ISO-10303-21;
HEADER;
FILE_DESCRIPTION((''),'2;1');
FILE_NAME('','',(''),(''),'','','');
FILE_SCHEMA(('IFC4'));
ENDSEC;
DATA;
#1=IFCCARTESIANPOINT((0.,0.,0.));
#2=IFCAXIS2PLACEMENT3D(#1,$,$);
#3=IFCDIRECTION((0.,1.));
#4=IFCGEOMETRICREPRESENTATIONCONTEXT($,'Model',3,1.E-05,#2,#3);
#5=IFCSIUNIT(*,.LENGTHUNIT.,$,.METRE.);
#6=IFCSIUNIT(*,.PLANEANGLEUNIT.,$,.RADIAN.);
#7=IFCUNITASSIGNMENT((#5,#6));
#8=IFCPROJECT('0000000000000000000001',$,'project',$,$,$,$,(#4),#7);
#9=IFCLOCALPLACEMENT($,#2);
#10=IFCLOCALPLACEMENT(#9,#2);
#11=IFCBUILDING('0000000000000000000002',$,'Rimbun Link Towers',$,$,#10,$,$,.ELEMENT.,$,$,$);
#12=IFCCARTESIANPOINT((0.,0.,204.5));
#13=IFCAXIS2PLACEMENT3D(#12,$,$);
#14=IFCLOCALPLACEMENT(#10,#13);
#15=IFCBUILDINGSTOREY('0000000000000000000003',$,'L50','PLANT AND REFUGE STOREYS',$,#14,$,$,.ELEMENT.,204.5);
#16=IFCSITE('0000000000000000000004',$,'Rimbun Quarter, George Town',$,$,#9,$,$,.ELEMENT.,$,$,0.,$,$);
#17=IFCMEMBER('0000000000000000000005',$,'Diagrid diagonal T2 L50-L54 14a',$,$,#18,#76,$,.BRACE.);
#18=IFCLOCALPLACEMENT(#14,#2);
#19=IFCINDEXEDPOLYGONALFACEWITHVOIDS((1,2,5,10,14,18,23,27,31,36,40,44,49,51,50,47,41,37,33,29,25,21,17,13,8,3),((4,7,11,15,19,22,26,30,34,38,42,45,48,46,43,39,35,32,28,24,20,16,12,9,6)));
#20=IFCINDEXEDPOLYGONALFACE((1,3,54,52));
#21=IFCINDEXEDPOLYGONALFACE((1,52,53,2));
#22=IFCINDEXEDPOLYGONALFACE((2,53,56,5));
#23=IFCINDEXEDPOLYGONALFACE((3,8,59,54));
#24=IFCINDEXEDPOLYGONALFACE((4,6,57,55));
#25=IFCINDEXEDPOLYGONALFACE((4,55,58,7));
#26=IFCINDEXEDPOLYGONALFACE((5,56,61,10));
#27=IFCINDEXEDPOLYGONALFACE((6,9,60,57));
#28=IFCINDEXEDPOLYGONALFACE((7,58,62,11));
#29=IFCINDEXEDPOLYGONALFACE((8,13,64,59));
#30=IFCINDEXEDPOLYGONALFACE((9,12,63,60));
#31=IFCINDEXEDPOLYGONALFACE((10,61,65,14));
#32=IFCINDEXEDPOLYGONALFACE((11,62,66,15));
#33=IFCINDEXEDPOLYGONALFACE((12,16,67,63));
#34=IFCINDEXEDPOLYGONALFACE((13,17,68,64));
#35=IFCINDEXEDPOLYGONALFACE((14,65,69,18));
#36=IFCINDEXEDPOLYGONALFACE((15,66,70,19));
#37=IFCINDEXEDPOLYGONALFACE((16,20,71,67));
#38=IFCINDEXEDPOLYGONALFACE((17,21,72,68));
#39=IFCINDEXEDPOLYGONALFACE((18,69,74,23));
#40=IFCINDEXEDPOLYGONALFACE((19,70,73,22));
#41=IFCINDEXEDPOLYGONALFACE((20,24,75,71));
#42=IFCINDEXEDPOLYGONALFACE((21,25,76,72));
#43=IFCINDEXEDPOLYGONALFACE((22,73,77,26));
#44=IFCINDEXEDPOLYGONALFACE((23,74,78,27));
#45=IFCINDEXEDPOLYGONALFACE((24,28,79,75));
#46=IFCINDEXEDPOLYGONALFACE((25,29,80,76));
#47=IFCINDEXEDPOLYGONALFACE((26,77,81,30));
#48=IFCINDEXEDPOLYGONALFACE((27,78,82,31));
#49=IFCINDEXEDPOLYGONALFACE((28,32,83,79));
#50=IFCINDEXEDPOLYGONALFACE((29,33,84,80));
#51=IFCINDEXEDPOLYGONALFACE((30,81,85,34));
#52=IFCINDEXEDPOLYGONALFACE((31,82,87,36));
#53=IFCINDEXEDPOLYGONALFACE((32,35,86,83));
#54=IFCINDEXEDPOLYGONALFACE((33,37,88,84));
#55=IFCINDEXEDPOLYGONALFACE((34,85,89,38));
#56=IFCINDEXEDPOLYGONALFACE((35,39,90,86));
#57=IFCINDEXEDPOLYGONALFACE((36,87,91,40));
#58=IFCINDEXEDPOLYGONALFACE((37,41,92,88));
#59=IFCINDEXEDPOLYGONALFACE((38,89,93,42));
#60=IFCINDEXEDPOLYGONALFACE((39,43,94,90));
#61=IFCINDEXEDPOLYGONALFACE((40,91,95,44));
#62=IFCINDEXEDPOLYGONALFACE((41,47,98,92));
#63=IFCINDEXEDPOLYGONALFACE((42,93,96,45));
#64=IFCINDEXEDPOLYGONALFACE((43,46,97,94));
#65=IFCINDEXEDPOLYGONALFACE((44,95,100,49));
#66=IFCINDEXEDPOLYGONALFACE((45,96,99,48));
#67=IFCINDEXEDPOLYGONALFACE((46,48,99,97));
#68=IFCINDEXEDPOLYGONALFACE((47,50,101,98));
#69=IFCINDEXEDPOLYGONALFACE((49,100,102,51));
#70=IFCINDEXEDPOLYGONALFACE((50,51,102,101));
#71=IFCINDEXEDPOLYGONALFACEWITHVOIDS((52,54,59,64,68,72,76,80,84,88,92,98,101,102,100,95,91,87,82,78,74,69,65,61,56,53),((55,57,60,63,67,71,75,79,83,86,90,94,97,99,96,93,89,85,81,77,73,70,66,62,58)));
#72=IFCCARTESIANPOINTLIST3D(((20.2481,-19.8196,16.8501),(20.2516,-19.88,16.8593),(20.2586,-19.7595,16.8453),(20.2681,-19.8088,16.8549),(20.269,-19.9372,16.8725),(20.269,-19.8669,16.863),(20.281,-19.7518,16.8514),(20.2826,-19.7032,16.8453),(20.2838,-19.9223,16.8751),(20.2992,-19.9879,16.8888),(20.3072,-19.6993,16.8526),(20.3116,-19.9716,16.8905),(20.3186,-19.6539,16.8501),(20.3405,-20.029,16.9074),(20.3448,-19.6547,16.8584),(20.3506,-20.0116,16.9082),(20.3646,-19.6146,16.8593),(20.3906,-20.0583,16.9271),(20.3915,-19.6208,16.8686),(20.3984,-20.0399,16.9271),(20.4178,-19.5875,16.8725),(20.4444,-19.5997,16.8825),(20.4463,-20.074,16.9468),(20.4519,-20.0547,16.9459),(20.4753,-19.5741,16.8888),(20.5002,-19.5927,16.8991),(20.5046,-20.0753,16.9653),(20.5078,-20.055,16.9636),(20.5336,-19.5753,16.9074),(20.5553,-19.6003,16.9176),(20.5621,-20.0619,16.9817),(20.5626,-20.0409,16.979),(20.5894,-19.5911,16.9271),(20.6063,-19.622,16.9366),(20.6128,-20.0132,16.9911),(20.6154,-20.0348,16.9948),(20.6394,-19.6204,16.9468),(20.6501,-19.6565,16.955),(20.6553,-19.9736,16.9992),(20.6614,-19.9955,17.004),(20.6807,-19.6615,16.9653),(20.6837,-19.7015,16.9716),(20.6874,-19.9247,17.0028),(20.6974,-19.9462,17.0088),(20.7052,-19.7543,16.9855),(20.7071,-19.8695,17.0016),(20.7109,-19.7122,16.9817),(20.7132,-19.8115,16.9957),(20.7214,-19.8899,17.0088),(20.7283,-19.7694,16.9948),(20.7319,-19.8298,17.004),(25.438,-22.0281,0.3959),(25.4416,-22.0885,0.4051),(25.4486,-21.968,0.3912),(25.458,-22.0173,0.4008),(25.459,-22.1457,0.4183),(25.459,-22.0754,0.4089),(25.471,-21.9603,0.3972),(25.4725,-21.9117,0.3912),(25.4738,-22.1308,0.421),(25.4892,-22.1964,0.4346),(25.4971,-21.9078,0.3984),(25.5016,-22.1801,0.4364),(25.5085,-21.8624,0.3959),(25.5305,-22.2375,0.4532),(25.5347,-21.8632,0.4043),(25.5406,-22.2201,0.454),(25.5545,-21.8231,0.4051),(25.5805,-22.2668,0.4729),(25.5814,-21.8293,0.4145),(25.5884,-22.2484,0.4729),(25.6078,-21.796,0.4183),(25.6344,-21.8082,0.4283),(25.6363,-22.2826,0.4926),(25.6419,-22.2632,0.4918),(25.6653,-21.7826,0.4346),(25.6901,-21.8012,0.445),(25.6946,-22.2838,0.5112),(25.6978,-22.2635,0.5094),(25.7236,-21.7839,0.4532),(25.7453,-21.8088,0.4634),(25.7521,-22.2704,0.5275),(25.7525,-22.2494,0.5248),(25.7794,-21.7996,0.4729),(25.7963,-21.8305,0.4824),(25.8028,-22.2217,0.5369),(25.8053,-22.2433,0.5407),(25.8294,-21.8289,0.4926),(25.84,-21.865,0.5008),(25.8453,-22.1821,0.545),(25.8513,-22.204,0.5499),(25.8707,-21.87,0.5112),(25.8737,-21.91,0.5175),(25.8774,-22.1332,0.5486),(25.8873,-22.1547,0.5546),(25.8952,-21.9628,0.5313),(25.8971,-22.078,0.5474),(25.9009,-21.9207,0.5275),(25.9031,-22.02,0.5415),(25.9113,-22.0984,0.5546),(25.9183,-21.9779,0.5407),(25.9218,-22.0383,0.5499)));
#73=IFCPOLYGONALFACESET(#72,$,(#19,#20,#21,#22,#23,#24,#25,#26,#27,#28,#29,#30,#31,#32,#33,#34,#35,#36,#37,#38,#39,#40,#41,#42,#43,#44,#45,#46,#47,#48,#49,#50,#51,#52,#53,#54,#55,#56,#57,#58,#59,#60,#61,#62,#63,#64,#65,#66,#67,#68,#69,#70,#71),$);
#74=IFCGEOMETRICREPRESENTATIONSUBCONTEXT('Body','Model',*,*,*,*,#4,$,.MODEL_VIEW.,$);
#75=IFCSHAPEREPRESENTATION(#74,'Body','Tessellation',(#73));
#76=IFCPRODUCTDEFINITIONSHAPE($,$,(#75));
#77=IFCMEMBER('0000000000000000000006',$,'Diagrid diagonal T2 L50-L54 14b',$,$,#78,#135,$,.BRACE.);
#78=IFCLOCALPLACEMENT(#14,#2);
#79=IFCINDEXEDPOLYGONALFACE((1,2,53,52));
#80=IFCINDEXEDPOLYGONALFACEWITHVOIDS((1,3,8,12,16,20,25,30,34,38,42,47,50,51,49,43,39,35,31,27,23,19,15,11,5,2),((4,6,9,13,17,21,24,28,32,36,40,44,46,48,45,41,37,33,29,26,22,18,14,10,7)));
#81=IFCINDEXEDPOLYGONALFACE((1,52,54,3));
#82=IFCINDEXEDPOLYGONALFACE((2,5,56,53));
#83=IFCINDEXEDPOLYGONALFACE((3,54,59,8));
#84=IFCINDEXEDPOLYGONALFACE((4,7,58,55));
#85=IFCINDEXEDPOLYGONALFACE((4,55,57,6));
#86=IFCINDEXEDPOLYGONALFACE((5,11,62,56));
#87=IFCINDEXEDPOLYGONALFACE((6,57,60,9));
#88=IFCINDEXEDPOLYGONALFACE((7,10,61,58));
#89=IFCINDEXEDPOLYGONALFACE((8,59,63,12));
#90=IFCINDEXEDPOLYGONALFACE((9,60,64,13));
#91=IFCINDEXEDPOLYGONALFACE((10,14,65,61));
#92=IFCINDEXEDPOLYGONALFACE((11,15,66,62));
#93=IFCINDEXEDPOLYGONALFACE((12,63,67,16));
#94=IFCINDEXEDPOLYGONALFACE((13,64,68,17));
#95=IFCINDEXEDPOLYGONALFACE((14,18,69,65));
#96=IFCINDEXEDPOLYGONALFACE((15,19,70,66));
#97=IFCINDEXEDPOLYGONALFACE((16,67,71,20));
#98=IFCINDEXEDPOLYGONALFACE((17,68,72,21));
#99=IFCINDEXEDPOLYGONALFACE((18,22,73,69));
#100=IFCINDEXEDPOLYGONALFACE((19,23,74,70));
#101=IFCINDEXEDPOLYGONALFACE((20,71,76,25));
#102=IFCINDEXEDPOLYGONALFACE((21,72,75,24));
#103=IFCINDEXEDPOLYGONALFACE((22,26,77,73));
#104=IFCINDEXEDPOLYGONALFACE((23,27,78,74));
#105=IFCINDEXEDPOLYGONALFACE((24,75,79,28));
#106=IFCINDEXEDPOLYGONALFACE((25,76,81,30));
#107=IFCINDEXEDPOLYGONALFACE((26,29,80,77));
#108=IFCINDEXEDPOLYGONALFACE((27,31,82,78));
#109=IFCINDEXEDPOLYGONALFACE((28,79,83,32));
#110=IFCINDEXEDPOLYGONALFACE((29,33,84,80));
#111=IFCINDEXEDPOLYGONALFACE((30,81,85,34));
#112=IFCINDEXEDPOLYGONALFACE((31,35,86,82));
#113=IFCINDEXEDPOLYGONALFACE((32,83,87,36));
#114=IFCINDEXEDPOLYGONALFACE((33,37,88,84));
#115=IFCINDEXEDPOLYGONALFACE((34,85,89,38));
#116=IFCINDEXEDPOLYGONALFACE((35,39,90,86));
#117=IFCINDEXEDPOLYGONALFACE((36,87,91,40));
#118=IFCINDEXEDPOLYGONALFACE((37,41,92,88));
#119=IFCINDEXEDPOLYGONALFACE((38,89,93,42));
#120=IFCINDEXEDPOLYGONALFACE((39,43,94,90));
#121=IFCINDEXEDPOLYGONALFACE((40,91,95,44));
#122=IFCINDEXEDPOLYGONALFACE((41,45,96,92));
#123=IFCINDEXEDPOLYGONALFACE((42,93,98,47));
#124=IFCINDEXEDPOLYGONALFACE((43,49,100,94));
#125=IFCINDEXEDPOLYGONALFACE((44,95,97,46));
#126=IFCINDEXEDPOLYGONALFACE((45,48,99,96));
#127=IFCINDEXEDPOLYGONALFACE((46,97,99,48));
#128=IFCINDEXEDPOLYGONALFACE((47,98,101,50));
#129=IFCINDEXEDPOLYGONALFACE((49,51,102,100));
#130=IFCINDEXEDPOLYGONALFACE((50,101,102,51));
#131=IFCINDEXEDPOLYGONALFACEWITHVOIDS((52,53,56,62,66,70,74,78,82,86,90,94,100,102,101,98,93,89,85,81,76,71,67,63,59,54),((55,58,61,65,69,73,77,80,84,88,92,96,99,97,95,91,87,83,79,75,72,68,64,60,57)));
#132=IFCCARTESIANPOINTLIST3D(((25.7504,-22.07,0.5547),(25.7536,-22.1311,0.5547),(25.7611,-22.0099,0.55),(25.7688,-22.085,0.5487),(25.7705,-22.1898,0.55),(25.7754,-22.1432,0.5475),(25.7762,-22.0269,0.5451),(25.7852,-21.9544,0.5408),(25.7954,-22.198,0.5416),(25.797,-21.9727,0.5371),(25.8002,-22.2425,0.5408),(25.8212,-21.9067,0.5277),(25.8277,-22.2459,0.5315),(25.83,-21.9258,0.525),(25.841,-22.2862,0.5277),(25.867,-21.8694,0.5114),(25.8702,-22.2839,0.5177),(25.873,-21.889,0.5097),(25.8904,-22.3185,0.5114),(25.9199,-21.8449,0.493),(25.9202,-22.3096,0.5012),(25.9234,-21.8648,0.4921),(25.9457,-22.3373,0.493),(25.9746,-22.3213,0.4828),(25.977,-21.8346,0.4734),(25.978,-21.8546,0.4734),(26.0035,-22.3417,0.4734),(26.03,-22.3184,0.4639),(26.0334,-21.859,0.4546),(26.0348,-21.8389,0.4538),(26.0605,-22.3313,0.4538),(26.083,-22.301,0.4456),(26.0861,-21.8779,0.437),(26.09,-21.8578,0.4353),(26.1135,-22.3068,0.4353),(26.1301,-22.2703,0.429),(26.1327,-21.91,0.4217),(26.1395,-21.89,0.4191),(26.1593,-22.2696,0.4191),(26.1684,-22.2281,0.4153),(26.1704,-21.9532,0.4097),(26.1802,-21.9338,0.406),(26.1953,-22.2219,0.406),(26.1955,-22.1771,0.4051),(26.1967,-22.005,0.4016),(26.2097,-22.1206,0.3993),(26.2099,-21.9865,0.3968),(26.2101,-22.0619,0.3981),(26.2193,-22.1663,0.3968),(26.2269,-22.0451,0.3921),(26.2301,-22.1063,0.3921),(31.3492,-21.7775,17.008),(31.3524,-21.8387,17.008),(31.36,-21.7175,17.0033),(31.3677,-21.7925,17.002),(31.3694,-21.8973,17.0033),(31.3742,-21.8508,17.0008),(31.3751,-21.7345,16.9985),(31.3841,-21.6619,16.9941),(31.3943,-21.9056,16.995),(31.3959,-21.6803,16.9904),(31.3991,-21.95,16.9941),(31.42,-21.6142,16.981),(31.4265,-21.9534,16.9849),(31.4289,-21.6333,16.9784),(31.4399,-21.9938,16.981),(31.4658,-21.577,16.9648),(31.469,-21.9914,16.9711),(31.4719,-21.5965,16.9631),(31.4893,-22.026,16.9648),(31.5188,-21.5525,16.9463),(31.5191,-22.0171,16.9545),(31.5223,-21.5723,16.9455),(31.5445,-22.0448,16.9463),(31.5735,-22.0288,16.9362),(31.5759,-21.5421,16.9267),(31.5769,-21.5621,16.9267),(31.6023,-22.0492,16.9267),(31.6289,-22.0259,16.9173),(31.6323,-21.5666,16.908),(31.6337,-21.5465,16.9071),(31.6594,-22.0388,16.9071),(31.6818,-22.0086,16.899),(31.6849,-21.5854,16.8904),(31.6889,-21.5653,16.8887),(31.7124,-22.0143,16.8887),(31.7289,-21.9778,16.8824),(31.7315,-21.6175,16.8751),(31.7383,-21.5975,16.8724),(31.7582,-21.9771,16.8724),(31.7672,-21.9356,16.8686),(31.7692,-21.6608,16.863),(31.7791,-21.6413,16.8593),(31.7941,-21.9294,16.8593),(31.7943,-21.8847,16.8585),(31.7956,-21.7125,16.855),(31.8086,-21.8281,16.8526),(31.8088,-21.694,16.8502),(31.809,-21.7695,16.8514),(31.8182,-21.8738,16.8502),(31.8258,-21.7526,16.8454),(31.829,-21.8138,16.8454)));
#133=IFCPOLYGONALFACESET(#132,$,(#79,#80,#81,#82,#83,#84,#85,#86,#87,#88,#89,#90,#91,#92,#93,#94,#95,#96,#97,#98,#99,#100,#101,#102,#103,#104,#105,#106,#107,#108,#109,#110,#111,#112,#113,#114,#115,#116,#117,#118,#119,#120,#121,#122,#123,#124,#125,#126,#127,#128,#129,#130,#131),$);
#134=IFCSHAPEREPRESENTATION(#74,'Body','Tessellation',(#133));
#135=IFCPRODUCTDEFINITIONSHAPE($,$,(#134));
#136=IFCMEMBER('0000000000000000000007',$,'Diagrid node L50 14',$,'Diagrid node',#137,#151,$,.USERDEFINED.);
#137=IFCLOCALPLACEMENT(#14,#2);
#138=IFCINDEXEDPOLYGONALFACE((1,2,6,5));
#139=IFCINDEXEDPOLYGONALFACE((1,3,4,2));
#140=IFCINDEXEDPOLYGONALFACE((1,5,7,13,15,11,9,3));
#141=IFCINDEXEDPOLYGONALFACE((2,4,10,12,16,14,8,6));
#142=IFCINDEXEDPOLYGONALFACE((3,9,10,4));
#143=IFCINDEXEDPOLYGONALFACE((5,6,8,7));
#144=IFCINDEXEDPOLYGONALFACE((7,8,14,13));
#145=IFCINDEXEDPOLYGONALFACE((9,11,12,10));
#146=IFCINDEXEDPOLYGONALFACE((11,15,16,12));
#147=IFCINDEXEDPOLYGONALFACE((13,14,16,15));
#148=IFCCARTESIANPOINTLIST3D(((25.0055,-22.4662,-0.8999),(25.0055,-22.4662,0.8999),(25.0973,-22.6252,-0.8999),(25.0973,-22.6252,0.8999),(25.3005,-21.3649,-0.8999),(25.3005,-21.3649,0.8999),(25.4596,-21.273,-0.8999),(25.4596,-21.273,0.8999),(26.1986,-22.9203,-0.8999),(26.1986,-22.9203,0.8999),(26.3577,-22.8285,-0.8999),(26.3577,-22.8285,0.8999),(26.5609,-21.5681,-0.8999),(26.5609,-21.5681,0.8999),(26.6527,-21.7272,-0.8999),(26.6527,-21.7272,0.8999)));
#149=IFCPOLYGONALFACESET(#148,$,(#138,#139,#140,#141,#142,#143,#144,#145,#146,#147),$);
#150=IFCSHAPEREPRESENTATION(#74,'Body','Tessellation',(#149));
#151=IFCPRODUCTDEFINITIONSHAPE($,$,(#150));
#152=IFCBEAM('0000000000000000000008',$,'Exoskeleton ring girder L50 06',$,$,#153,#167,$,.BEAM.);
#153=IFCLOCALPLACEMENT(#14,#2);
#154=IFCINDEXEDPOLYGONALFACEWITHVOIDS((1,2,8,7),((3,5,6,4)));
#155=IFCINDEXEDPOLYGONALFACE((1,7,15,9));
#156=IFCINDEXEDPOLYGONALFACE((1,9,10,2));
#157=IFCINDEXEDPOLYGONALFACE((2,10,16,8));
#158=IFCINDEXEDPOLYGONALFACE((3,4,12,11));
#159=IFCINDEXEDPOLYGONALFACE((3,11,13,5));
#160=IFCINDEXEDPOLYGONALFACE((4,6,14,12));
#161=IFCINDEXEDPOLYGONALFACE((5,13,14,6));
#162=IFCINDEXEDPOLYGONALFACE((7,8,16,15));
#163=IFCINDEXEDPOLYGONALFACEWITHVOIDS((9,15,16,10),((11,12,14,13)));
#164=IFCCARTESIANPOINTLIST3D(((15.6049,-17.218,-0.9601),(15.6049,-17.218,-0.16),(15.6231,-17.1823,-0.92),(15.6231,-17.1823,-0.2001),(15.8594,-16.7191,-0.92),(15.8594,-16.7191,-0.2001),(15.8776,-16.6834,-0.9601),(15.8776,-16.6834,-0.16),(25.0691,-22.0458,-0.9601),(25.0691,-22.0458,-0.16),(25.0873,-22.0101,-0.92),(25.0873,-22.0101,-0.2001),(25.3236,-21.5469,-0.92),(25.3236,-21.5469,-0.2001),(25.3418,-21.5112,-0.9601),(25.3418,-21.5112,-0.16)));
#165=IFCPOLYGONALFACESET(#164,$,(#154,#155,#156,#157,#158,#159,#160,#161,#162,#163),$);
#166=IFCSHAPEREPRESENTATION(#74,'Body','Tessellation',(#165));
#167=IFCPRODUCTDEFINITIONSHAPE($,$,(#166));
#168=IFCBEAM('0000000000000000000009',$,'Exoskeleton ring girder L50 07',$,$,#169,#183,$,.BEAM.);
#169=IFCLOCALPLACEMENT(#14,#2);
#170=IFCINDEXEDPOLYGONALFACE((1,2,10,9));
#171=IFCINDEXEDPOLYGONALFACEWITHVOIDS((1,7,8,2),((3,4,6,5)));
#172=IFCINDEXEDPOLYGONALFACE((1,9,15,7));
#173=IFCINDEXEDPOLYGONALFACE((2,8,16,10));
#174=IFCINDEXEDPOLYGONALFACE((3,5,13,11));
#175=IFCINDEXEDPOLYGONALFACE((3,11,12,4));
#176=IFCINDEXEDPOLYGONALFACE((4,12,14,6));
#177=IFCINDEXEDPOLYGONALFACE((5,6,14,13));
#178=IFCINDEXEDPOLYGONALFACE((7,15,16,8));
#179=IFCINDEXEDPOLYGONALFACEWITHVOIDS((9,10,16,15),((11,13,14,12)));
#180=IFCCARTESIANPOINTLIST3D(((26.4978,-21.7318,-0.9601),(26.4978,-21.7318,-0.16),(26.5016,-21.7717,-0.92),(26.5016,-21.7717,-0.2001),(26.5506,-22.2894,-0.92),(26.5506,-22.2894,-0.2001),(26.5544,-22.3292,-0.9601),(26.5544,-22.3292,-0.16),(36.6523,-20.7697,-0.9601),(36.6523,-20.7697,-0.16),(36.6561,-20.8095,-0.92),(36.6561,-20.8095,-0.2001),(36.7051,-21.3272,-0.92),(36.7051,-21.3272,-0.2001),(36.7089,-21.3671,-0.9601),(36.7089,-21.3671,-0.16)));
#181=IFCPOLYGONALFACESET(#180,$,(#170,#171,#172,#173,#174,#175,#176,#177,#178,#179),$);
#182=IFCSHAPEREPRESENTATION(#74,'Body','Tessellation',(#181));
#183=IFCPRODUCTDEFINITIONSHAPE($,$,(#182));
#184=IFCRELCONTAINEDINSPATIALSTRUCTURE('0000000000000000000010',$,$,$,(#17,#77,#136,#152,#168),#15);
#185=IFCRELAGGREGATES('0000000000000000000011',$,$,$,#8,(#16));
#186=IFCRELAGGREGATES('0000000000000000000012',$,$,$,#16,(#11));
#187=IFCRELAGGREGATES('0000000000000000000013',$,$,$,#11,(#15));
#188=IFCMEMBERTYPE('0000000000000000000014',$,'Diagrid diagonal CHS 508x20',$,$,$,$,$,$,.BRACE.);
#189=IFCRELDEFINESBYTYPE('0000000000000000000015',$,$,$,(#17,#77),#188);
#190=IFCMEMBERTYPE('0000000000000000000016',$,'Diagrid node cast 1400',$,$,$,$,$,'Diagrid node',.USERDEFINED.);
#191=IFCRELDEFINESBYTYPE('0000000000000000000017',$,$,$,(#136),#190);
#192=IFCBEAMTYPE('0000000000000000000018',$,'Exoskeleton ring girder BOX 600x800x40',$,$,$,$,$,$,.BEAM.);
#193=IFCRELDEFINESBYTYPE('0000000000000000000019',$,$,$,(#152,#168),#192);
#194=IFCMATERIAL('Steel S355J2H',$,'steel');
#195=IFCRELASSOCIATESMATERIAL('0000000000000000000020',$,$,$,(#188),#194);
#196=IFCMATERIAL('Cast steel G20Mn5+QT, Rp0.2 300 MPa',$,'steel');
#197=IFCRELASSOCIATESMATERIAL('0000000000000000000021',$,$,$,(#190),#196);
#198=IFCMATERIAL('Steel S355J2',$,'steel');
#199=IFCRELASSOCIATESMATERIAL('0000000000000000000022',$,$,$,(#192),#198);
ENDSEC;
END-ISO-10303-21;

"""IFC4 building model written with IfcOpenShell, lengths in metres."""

from ifc_helpers import new_model, si_unit, direction, frame, origin, origin_2d, place, context, subcontext, project, spatial, polyline, hollow_rectangle, hollow_circle, outline, extrude, material, material_profile, profile_set, type_object, element, save


model = new_model("IFC4")

# Units and contexts
model_context = context("Model", 3, precision=1e-05, world=origin(), true_north=direction((0.0, 1.0)))
body_context = subcontext(model_context, "Body", "Model", "MODEL_VIEW")
ifc_project = project(units=[si_unit("LENGTHUNIT", "METRE"), si_unit("PLANEANGLEUNIT", "RADIAN")], contexts=[model_context])

# Site, building, storey
site_placement = place(None, origin())
site = spatial("IfcSite", under=ifc_project, at=site_placement, Name="Rimbun Quarter, George Town", CompositionType="ELEMENT", RefElevation=0.0)
building_placement = place(site_placement, origin())
building = spatial("IfcBuilding", under=site, at=building_placement, Name="Rimbun Link Towers", CompositionType="ELEMENT")
storey_placement = place(building_placement, frame((0.0, 0.0, 204.5)))
storey = spatial("IfcBuildingStorey", under=building, at=storey_placement, Name="L50", Description="PLANT AND REFUGE STOREYS", CompositionType="ELEMENT", Elevation=204.5)

# Members
ifc_material_1 = material(Name="Steel S355J2H", Category="steel")
ifc_material_profile_1 = material_profile(ifc_material_1, hollow_circle(Radius=0.2539, WallThickness=0.02, at=origin_2d()), Name="Diagrid diagonal CHS 508x20")
ifc_profile_set_1 = profile_set([ifc_material_profile_1], Name="Steel S355J2H")
member_type_1 = type_object("IfcMemberType", Name="Diagrid diagonal CHS 508x20", PredefinedType="BRACE", material=ifc_profile_set_1)
member_1_placement = place(storey_placement, frame((25.6799, -22.0332, 0.4729), z_axis=(-0.298376, 0.126969, 0.945966), x_axis=(-0.391557, -0.920154, 0.0)))
element("IfcMember", 1, at=member_1_placement, inside=storey, type_object=member_type_1, Name="Diagrid diagonal T2 L50-L54 14a", PredefinedType="BRACE", context=body_context, shape_type="SweptSolid", body=[
    extrude(hollow_circle(Radius=0.2539, WallThickness=0.02, at=origin_2d()), origin(), (0.0, 0.0, 1.0), 17.394),
])
member_2_placement = place(storey_placement, frame((25.9902, -22.0881, 0.4734), z_axis=(0.322101, 0.016826, 0.946556), x_axis=(-0.052168, 0.998638, 0.0)))
element("IfcMember", 2, at=member_2_placement, inside=storey, type_object=member_type_1, Name="Diagrid diagonal T2 L50-L54 14b", PredefinedType="BRACE", context=body_context, shape_type="SweptSolid", body=[
    extrude(hollow_circle(Radius=0.2539, WallThickness=0.02, at=origin_2d()), origin(), (0.0, 0.0, 1.0), 17.3823),
])
ifc_material_2 = material(Name="Cast steel G20Mn5+QT, Rp0.2 300 MPa", Category="steel")
ifc_material_profile_2 = material_profile(ifc_material_2, outline(polyline([(0.7, -0.5701), (0.7, 0.5701), (0.5701, 0.7), (-0.5701, 0.7), (-0.7, 0.5701), (-0.7, -0.5701), (-0.5701, -0.7), (0.5701, -0.7), (0.7, -0.5701)])), Name="NODE 1400x1400")
ifc_profile_set_2 = profile_set([ifc_material_profile_2], Name="Cast steel G20Mn5+QT, Rp0.2 300 MPa")
member_type_2 = type_object("IfcMemberType", Name="Diagrid node cast 1400", ElementType="Diagrid node", PredefinedType="USERDEFINED", material=ifc_profile_set_2)
member_3_placement = place(storey_placement, frame((25.8291, -22.0967, -0.8999), z_axis=(0.0, 0.0, 1.0), x_axis=(-0.258819, -0.965926, 0.0)))
element("IfcMember", 3, at=member_3_placement, inside=storey, type_object=member_type_2, Name="Diagrid node L50 14", ObjectType="Diagrid node", PredefinedType="USERDEFINED", context=body_context, shape_type="SweptSolid", body=[
    extrude(outline(polyline([(0.7, -0.5701), (0.7, 0.5701), (0.5701, 0.7), (-0.5701, 0.7), (-0.7, 0.5701), (-0.7, -0.5701), (-0.5701, -0.7), (0.5701, -0.7), (0.7, -0.5701)])), origin(), (0.0, 0.0, 1.0), 1.7998),
])

# Beams
ifc_material_3 = material(Name="Steel S355J2", Category="steel")
ifc_material_profile_3 = material_profile(ifc_material_3, hollow_rectangle(XDim=0.6001, YDim=0.8, WallThickness=0.04, at=origin_2d()), Name="Exoskeleton ring girder BOX 600x800x40")
ifc_profile_set_3 = profile_set([ifc_material_profile_3], Name="Steel S355J2")
beam_type_1 = type_object("IfcBeamType", Name="Exoskeleton ring girder BOX 600x800x40", PredefinedType="BEAM", material=ifc_profile_set_3)
beam_1_placement = place(storey_placement, frame((15.7412, -16.9507, -0.5601), z_axis=(0.890795, -0.454405, 0.0), x_axis=(0.454405, 0.890795, 0.0)))
element("IfcBeam", 4, at=beam_1_placement, inside=storey, type_object=beam_type_1, Name="Exoskeleton ring girder L50 06", PredefinedType="BEAM", context=body_context, shape_type="SweptSolid", body=[
    extrude(hollow_rectangle(XDim=0.6001, YDim=0.8, WallThickness=0.04, at=origin_2d()), origin(), (0.0, 0.0, 1.0), 10.6245),
])
beam_2_placement = place(storey_placement, frame((26.5261, -22.0305, -0.5601), z_axis=(0.995541, 0.094329, 0.0), x_axis=(-0.094329, 0.995541, 0.0)))
element("IfcBeam", 5, at=beam_2_placement, inside=storey, type_object=beam_type_1, Name="Exoskeleton ring girder L50 07", PredefinedType="BEAM", context=body_context, shape_type="SweptSolid", body=[
    extrude(hollow_rectangle(XDim=0.6001, YDim=0.8, WallThickness=0.04, at=origin_2d()), origin(), (0.0, 0.0, 1.0), 10.2),
])

save(model, "model.ifc")
